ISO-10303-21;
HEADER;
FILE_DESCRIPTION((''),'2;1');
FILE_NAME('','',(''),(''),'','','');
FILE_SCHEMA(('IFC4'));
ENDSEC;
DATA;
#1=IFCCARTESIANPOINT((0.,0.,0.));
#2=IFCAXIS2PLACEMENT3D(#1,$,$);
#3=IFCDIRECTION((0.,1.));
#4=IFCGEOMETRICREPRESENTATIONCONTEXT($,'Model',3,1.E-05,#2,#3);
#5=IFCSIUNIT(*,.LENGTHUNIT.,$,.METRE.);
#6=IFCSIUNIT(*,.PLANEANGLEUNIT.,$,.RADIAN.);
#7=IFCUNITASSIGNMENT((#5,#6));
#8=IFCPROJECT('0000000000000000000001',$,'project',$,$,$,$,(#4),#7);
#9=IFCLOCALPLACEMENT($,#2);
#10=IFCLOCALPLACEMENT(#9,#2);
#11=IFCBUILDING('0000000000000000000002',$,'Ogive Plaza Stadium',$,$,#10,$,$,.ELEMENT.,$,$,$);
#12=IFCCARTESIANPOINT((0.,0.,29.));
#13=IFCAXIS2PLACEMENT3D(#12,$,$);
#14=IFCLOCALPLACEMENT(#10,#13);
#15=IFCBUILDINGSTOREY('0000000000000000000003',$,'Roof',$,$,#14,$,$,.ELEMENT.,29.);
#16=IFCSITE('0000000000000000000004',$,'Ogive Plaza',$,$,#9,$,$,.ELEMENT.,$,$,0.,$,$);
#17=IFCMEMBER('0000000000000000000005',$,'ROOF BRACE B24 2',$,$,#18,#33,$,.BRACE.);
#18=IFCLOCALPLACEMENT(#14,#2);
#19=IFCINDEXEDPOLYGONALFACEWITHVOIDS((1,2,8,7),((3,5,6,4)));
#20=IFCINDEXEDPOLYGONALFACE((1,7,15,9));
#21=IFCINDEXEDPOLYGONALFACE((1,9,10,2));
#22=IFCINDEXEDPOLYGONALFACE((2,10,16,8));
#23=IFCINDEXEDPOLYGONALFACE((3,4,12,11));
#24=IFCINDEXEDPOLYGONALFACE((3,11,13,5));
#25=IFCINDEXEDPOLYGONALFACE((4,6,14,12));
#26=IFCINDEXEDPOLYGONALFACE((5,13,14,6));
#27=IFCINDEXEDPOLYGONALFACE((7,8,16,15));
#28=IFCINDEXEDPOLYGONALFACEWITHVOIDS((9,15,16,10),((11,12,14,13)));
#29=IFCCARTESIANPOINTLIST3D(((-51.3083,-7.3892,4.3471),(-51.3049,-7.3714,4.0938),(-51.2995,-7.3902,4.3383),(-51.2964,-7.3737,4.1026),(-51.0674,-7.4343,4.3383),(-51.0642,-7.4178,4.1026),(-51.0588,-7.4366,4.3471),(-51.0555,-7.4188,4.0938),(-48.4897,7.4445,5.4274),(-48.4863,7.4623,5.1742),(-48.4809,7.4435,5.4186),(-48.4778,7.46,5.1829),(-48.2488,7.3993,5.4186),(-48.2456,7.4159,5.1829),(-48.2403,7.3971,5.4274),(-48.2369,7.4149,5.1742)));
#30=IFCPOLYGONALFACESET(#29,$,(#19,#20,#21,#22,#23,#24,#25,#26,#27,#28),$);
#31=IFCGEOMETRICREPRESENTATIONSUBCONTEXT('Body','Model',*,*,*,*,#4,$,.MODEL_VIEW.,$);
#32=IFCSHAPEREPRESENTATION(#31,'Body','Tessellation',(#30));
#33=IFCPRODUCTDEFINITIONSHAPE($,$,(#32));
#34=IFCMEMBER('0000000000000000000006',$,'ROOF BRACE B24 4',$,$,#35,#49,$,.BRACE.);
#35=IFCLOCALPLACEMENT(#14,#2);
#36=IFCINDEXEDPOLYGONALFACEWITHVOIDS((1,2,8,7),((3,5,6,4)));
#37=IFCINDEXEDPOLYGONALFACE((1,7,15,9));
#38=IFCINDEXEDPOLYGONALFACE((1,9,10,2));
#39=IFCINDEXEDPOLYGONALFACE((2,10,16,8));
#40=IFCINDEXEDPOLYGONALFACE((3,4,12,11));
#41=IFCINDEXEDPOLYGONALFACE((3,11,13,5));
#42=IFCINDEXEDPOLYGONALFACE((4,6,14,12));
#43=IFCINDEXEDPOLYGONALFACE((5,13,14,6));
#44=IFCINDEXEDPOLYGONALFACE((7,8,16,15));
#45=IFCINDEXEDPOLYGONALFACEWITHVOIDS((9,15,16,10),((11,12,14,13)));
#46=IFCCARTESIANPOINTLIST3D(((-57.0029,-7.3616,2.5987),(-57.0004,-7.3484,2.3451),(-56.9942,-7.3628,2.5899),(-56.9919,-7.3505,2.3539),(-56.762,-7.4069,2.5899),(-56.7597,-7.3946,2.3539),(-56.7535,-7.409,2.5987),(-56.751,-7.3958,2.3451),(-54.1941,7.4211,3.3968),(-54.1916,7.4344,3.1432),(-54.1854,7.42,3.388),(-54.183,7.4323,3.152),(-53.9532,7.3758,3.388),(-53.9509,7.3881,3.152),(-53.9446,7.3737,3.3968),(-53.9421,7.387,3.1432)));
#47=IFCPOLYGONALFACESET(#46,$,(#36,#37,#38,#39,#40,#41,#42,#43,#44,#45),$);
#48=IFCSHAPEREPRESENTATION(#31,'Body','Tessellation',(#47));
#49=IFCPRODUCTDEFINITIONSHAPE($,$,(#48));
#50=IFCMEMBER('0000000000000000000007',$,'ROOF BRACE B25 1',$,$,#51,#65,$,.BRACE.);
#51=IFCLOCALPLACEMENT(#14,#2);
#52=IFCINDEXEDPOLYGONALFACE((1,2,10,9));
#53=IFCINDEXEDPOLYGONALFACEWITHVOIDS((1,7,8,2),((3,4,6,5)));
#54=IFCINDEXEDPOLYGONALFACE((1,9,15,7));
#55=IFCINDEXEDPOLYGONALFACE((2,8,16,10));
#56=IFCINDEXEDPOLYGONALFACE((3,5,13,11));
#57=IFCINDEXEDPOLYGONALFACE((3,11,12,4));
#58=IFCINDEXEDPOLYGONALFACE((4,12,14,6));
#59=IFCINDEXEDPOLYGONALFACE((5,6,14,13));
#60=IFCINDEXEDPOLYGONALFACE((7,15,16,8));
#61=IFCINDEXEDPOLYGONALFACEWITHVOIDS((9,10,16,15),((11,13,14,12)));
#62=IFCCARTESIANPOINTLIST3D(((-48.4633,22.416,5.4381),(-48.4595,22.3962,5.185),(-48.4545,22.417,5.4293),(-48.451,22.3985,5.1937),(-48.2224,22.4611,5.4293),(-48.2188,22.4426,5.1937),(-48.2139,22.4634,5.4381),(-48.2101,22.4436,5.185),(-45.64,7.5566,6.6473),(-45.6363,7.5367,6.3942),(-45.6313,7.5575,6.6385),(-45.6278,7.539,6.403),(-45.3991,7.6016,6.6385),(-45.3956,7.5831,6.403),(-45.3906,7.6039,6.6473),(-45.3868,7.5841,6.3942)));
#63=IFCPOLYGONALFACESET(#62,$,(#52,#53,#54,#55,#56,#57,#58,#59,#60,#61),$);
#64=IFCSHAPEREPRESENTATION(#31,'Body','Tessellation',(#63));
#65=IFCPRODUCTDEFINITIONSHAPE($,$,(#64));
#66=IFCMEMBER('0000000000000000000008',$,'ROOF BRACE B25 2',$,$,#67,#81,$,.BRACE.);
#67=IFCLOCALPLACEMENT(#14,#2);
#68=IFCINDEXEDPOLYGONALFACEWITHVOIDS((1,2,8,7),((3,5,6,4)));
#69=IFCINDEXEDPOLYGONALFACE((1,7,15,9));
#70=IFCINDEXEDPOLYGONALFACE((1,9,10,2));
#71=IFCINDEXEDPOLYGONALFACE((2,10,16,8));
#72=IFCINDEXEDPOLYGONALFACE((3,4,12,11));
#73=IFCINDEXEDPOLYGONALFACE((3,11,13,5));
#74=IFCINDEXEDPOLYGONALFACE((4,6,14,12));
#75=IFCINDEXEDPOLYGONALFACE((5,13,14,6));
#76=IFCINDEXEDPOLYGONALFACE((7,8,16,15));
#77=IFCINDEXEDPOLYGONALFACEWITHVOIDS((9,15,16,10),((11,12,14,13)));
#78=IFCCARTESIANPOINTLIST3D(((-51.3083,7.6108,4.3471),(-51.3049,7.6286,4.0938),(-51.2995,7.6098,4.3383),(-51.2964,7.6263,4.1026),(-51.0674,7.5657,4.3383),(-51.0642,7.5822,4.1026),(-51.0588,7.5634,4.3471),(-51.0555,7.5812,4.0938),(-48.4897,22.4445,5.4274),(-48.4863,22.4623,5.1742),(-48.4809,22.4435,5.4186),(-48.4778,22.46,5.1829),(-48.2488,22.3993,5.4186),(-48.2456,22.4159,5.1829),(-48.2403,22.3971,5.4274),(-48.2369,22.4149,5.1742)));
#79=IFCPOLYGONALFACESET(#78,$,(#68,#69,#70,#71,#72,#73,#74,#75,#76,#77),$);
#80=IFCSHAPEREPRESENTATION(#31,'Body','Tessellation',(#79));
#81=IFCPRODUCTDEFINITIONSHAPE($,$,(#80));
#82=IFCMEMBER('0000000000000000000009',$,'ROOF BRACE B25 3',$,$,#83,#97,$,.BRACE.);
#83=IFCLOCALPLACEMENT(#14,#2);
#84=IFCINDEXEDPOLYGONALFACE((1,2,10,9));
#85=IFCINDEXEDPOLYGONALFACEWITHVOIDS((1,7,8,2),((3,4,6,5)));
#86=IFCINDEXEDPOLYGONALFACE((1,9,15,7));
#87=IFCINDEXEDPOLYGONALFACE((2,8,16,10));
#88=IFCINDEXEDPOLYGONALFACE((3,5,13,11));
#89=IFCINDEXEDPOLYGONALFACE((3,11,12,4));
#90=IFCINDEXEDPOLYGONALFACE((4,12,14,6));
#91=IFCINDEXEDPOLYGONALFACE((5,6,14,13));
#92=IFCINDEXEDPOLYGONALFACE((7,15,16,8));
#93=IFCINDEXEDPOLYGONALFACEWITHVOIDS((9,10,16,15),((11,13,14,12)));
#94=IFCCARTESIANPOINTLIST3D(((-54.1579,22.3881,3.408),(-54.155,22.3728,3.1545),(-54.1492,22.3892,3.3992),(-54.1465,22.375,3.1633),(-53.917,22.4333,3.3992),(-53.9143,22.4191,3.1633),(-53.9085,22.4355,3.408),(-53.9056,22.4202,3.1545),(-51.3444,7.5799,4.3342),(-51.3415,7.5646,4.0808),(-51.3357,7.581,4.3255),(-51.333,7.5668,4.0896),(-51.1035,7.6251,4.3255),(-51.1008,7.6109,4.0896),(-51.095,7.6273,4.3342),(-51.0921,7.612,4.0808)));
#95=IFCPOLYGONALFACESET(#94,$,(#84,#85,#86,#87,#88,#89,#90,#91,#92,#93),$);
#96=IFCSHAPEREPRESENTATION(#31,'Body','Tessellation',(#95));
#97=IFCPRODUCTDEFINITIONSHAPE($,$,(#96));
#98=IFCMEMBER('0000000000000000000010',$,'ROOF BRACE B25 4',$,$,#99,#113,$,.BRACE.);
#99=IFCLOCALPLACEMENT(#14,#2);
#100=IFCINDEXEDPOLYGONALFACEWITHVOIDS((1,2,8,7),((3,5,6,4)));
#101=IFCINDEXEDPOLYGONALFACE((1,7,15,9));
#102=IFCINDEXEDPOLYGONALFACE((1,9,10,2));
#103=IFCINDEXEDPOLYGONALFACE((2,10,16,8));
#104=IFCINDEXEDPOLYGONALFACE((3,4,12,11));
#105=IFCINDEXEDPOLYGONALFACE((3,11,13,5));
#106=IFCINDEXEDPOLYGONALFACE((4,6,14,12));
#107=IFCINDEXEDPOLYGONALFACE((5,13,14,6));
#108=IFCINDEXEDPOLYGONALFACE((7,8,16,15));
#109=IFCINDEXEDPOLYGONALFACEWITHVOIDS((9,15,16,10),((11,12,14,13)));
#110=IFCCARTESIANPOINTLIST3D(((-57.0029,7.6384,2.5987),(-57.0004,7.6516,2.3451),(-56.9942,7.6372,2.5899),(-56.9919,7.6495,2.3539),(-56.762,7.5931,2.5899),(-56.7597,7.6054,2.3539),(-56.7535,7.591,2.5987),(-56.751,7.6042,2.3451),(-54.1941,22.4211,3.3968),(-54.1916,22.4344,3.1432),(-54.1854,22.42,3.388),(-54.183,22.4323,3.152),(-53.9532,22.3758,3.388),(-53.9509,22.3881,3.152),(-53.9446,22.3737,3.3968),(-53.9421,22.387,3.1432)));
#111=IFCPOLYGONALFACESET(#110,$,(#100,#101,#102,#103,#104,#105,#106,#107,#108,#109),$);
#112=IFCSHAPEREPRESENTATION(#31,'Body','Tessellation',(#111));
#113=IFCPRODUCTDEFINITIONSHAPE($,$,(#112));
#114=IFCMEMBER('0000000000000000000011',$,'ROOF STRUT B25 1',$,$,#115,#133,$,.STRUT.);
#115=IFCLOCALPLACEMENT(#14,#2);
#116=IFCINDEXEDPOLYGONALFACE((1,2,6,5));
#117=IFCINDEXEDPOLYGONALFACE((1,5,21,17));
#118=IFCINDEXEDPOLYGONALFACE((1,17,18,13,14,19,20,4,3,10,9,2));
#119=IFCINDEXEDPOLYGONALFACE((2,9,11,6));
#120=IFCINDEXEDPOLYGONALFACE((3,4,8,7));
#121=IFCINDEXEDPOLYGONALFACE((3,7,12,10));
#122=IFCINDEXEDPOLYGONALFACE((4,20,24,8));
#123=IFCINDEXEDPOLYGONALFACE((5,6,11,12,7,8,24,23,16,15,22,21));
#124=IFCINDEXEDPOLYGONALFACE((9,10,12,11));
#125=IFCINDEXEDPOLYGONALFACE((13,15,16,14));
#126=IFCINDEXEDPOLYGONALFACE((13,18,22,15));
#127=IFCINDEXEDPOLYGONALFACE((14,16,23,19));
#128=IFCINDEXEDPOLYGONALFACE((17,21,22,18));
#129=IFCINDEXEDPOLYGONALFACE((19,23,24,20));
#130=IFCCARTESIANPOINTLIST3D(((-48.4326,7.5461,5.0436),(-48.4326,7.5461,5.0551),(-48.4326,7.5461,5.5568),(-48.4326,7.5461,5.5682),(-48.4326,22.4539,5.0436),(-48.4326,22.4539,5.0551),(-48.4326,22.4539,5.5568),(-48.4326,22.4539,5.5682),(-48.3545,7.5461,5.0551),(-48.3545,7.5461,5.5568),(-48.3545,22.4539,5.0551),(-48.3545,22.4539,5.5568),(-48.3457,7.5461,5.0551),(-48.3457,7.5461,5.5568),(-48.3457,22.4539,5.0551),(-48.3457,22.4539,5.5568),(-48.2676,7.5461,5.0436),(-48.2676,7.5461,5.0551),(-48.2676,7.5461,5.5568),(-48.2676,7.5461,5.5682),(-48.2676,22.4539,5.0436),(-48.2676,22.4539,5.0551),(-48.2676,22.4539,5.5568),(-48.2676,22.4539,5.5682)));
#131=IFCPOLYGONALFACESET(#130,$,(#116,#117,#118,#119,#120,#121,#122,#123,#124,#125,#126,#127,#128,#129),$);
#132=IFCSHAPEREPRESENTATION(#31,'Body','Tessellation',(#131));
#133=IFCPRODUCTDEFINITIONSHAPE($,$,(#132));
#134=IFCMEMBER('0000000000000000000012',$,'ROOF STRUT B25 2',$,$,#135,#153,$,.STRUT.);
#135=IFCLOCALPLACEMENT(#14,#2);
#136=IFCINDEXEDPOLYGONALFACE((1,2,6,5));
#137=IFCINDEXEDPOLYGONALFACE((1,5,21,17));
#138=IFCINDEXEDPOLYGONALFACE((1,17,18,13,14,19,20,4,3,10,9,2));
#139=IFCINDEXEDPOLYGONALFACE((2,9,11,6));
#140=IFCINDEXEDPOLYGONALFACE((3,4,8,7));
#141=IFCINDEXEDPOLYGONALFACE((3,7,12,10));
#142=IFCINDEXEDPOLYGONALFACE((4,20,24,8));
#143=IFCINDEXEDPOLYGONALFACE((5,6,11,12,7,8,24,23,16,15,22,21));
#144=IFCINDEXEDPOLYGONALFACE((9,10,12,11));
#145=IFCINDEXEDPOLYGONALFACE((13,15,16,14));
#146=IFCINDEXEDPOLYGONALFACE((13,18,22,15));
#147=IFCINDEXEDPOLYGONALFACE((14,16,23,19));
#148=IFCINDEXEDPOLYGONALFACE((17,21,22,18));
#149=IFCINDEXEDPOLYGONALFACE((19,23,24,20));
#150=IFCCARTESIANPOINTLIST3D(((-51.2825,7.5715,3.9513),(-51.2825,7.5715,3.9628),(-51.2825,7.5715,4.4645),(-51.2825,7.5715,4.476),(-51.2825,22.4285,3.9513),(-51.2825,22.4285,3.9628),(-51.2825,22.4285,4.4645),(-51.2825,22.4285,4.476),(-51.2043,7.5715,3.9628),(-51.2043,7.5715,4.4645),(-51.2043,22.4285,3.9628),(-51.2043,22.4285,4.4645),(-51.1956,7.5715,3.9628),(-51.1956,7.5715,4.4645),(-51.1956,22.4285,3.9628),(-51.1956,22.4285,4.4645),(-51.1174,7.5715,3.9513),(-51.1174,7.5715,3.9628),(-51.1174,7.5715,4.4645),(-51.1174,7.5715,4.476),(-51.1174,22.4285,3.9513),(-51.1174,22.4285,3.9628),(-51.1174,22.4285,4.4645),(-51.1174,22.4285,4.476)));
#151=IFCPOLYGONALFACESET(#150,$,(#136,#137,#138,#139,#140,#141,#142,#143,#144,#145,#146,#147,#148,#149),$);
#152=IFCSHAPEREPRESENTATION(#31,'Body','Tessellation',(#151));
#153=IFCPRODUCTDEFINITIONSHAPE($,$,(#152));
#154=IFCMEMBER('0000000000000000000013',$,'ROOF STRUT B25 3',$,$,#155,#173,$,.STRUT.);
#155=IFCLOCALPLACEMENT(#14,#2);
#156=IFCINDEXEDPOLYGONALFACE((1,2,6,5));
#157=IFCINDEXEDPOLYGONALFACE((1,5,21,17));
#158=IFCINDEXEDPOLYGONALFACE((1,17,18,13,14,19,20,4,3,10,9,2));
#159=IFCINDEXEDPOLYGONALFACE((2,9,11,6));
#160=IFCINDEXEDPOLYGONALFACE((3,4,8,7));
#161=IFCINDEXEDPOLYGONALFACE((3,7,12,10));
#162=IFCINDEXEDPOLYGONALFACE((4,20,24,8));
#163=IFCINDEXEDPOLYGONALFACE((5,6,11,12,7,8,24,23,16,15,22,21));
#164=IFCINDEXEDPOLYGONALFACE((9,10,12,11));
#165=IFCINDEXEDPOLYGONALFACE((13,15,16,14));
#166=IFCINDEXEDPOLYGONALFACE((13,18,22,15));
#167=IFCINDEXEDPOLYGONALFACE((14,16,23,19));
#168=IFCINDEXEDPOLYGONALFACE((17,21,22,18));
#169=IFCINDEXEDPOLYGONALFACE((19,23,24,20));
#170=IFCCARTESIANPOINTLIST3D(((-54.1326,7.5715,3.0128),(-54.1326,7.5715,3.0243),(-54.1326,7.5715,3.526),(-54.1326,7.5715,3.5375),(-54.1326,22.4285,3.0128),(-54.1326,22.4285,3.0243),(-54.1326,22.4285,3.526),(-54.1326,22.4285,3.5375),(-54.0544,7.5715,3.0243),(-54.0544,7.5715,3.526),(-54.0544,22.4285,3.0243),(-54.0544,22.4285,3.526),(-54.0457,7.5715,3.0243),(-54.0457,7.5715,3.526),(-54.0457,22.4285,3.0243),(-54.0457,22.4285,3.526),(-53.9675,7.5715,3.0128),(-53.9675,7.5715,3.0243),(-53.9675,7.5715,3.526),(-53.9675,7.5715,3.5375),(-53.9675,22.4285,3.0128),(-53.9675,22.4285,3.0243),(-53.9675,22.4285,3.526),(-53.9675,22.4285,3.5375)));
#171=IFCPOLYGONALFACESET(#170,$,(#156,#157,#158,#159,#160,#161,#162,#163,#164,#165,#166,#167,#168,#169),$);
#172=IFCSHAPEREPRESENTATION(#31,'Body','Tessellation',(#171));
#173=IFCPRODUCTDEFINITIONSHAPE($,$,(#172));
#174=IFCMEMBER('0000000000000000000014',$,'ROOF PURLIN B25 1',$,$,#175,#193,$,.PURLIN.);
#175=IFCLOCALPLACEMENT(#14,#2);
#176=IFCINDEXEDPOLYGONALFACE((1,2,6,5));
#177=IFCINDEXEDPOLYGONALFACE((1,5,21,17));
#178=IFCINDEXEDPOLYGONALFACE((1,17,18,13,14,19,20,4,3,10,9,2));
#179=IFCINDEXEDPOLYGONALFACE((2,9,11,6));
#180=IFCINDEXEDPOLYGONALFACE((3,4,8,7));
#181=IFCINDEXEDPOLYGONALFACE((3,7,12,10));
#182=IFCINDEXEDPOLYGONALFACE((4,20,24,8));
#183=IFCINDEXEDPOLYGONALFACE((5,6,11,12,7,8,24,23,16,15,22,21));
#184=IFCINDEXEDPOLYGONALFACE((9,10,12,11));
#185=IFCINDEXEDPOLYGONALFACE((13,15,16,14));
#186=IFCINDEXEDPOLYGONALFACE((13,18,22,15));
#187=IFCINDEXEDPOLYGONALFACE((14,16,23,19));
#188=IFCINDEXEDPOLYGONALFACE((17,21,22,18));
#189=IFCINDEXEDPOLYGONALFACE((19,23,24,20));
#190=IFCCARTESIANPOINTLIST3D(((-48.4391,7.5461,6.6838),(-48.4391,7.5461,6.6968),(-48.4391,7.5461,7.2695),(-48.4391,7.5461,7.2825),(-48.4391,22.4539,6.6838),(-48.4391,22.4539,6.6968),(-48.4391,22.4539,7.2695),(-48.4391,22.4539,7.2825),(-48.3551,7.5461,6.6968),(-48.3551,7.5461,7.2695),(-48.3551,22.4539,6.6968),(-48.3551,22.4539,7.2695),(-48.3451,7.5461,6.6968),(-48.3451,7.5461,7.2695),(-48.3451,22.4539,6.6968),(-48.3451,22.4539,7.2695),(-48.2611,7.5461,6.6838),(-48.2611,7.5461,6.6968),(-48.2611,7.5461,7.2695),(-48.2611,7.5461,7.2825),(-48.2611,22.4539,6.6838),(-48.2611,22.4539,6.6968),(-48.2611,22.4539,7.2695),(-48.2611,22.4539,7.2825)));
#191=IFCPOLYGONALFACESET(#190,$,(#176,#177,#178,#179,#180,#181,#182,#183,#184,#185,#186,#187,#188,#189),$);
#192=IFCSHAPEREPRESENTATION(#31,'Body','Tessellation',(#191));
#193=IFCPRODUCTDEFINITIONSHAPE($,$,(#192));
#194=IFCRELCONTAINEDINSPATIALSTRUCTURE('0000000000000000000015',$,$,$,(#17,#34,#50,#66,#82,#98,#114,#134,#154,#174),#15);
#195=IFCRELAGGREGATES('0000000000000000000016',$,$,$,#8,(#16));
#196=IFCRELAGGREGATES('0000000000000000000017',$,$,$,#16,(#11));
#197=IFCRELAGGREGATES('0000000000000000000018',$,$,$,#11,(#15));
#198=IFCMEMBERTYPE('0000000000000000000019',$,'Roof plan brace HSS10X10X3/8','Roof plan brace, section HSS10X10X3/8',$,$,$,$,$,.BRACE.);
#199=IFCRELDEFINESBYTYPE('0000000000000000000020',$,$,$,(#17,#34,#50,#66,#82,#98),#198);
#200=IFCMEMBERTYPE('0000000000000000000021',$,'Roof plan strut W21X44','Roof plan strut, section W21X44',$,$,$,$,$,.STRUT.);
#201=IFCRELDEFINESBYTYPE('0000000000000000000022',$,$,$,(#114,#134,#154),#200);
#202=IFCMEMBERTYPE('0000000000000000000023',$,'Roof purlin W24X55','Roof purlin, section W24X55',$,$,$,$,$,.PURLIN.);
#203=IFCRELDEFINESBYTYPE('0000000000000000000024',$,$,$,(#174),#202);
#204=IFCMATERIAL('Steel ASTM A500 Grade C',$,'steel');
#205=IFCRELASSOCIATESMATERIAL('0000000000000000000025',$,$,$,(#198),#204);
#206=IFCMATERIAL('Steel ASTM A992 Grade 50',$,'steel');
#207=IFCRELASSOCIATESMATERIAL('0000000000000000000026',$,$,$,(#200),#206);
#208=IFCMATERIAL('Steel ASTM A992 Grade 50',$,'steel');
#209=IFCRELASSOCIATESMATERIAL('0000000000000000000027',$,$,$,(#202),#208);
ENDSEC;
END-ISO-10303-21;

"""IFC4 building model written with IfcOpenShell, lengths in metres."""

from ifc_helpers import new_model, si_unit, direction, frame, origin, origin_2d, place, context, subcontext, project, spatial, hollow_rectangle, i_section, extrude, material, material_profile, profile_set, type_object, element, save


model = new_model("IFC4")

# Units and contexts
model_context = context("Model", 3, precision=1e-05, world=origin(), true_north=direction((0.0, 1.0)))
body_context = subcontext(model_context, "Body", "Model", "MODEL_VIEW")
ifc_project = project(units=[si_unit("LENGTHUNIT", "METRE"), si_unit("PLANEANGLEUNIT", "RADIAN")], contexts=[model_context])

# Site, building, storey
site_placement = place(None, origin())
site = spatial("IfcSite", under=ifc_project, at=site_placement, Name="Ogive Plaza", CompositionType="ELEMENT", RefElevation=0.0)
building_placement = place(site_placement, origin())
building = spatial("IfcBuilding", under=site, at=building_placement, Name="Ogive Plaza Stadium", CompositionType="ELEMENT")
storey_placement = place(building_placement, frame((0.0, 0.0, 29.0)))
storey = spatial("IfcBuildingStorey", under=building, at=storey_placement, Name="Roof", CompositionType="ELEMENT", Elevation=29.0)

# Members
ifc_material_1 = material(Name="Steel ASTM A500 Grade C", Category="steel")
ifc_material_profile_1 = material_profile(ifc_material_1, hollow_rectangle(XDim=0.2539, YDim=0.2539, WallThickness=0.0088, at=origin_2d()), Name="HSS10X10X3/8")
ifc_profile_set_1 = profile_set([ifc_material_profile_1], Name="Steel ASTM A500 Grade C")
member_type_1 = type_object("IfcMemberType", Name="Roof plan brace HSS10X10X3/8", Description="Roof plan brace, section HSS10X10X3/8", PredefinedType="BRACE", material=ifc_profile_set_1)
member_1_placement = place(storey_placement, frame((-48.3633, 7.4297, 5.3008), z_axis=(-0.186197, -0.979917, -0.071366), x_axis=(0.982422, -0.186673, 0.0)))
element("IfcMember", 1, at=member_1_placement, inside=storey, type_object=member_type_1, Name="ROOF BRACE B24 2", PredefinedType="BRACE", context=body_context, shape_type="SweptSolid", body=[
    extrude(hollow_rectangle(XDim=0.2539, YDim=0.2539, WallThickness=0.0088, at=origin_2d()), origin(), (0.0, 0.0, 1.0), 15.1377),
])
member_2_placement = place(storey_placement, frame((-54.0681, 7.4041, 3.27), z_axis=(-0.186406, -0.981044, -0.052965), x_axis=(0.982423, -0.186668, 0.0)))
element("IfcMember", 2, at=member_2_placement, inside=storey, type_object=member_type_1, Name="ROOF BRACE B24 4", PredefinedType="BRACE", context=body_context, shape_type="SweptSolid", body=[
    extrude(hollow_rectangle(XDim=0.2539, YDim=0.2539, WallThickness=0.0088, at=origin_2d()), origin(), (0.0, 0.0, 1.0), 15.0684),
])
member_3_placement = place(storey_placement, frame((-45.5134, 7.5703, 6.5208), z_axis=(-0.186064, 0.9793, -0.079694), x_axis=(-0.982425, -0.186658, 0.0)))
element("IfcMember", 3, at=member_3_placement, inside=storey, type_object=member_type_1, Name="ROOF BRACE B25 1", PredefinedType="BRACE", context=body_context, shape_type="SweptSolid", body=[
    extrude(hollow_rectangle(XDim=0.2539, YDim=0.2539, WallThickness=0.0088, at=origin_2d()), origin(), (0.0, 0.0, 1.0), 15.1736),
])
member_4_placement = place(storey_placement, frame((-48.3633, 22.4297, 5.3008), z_axis=(-0.186197, -0.979917, -0.071366), x_axis=(0.982422, -0.186673, 0.0)))
element("IfcMember", 4, at=member_4_placement, inside=storey, type_object=member_type_1, Name="ROOF BRACE B25 2", PredefinedType="BRACE", context=body_context, shape_type="SweptSolid", body=[
    extrude(hollow_rectangle(XDim=0.2539, YDim=0.2539, WallThickness=0.0088, at=origin_2d()), origin(), (0.0, 0.0, 1.0), 15.1377),
])
member_5_placement = place(storey_placement, frame((-51.2183, 7.5959, 4.2075), z_axis=(-0.186305, 0.980575, -0.061336), x_axis=(-0.982425, -0.186657, 0.0)))
element("IfcMember", 5, at=member_5_placement, inside=storey, type_object=member_type_1, Name="ROOF BRACE B25 3", PredefinedType="BRACE", context=body_context, shape_type="SweptSolid", body=[
    extrude(hollow_rectangle(XDim=0.2539, YDim=0.2539, WallThickness=0.0088, at=origin_2d()), origin(), (0.0, 0.0, 1.0), 15.1016),
])
member_6_placement = place(storey_placement, frame((-54.0681, 22.4041, 3.27), z_axis=(-0.186406, -0.981044, -0.052965), x_axis=(0.982423, -0.186668, 0.0)))
element("IfcMember", 6, at=member_6_placement, inside=storey, type_object=member_type_1, Name="ROOF BRACE B25 4", PredefinedType="BRACE", context=body_context, shape_type="SweptSolid", body=[
    extrude(hollow_rectangle(XDim=0.2539, YDim=0.2539, WallThickness=0.0088, at=origin_2d()), origin(), (0.0, 0.0, 1.0), 15.0684),
])
ifc_material_2 = material(Name="Steel ASTM A992 Grade 50", Category="steel")
ifc_material_profile_2 = material_profile(ifc_material_2, i_section(OverallWidth=0.165, OverallDepth=0.5247, WebThickness=0.0088, FlangeThickness=0.0115, at=origin_2d()), Name="W21X44")
ifc_profile_set_2 = profile_set([ifc_material_profile_2], Name="Steel ASTM A992 Grade 50")
member_type_2 = type_object("IfcMemberType", Name="Roof plan strut W21X44", Description="Roof plan strut, section W21X44", PredefinedType="STRUT", material=ifc_profile_set_2)
member_7_placement = place(storey_placement, frame((-48.3501, 7.5461, 5.3059), z_axis=(0.0, 1.0, 0.0), x_axis=(-1.0, 0.0, 0.0)))
element("IfcMember", 7, at=member_7_placement, inside=storey, type_object=member_type_2, Name="ROOF STRUT B25 1", PredefinedType="STRUT", context=body_context, shape_type="SweptSolid", body=[
    extrude(i_section(OverallWidth=0.165, OverallDepth=0.5247, WebThickness=0.0088, FlangeThickness=0.0115, at=origin_2d()), origin(), (0.0, 0.0, 1.0), 14.9077),
])
for number, where, z_axis, x_axis, name in (
    (8, (-51.2, 7.5715, 4.2136), (0.0, 1.0, 0.0), (-1.0, 0.0, 0.0), "ROOF STRUT B25 2"),
    (9, (-54.05, 7.5715, 3.2751), (0.0, 1.0, 0.0), (-1.0, 0.0, 0.0), "ROOF STRUT B25 3"),
):
    element("IfcMember", number, at=place(storey_placement, frame(where, z_axis=z_axis, x_axis=x_axis)), inside=storey, type_object=member_type_2, Name=name, PredefinedType="STRUT", context=body_context, shape_type="SweptSolid", body=[
        extrude(i_section(OverallWidth=0.165, OverallDepth=0.5247, WebThickness=0.0088, FlangeThickness=0.0115, at=origin_2d()), origin(), (0.0, 0.0, 1.0), 14.8569),
    ])
ifc_material_3 = material(Name="Steel ASTM A992 Grade 50", Category="steel")
ifc_material_profile_3 = material_profile(ifc_material_3, i_section(OverallWidth=0.178, OverallDepth=0.5986, WebThickness=0.01, FlangeThickness=0.0129, at=origin_2d()), Name="W24X55")
ifc_profile_set_3 = profile_set([ifc_material_profile_3], Name="Steel ASTM A992 Grade 50")
member_type_3 = type_object("IfcMemberType", Name="Roof purlin W24X55", Description="Roof purlin, section W24X55", PredefinedType="PURLIN", material=ifc_profile_set_3)
member_8_placement = place(storey_placement, frame((-48.3501, 7.5461, 6.9832), z_axis=(0.0, 1.0, 0.0), x_axis=(-1.0, 0.0, 0.0)))
element("IfcMember", 10, at=member_8_placement, inside=storey, type_object=member_type_3, Name="ROOF PURLIN B25 1", PredefinedType="PURLIN", context=body_context, shape_type="SweptSolid", body=[
    extrude(i_section(OverallWidth=0.178, OverallDepth=0.5986, WebThickness=0.01, FlangeThickness=0.0129, at=origin_2d()), origin(), (0.0, 0.0, 1.0), 14.9077),
])

save(model, "model.ifc")
